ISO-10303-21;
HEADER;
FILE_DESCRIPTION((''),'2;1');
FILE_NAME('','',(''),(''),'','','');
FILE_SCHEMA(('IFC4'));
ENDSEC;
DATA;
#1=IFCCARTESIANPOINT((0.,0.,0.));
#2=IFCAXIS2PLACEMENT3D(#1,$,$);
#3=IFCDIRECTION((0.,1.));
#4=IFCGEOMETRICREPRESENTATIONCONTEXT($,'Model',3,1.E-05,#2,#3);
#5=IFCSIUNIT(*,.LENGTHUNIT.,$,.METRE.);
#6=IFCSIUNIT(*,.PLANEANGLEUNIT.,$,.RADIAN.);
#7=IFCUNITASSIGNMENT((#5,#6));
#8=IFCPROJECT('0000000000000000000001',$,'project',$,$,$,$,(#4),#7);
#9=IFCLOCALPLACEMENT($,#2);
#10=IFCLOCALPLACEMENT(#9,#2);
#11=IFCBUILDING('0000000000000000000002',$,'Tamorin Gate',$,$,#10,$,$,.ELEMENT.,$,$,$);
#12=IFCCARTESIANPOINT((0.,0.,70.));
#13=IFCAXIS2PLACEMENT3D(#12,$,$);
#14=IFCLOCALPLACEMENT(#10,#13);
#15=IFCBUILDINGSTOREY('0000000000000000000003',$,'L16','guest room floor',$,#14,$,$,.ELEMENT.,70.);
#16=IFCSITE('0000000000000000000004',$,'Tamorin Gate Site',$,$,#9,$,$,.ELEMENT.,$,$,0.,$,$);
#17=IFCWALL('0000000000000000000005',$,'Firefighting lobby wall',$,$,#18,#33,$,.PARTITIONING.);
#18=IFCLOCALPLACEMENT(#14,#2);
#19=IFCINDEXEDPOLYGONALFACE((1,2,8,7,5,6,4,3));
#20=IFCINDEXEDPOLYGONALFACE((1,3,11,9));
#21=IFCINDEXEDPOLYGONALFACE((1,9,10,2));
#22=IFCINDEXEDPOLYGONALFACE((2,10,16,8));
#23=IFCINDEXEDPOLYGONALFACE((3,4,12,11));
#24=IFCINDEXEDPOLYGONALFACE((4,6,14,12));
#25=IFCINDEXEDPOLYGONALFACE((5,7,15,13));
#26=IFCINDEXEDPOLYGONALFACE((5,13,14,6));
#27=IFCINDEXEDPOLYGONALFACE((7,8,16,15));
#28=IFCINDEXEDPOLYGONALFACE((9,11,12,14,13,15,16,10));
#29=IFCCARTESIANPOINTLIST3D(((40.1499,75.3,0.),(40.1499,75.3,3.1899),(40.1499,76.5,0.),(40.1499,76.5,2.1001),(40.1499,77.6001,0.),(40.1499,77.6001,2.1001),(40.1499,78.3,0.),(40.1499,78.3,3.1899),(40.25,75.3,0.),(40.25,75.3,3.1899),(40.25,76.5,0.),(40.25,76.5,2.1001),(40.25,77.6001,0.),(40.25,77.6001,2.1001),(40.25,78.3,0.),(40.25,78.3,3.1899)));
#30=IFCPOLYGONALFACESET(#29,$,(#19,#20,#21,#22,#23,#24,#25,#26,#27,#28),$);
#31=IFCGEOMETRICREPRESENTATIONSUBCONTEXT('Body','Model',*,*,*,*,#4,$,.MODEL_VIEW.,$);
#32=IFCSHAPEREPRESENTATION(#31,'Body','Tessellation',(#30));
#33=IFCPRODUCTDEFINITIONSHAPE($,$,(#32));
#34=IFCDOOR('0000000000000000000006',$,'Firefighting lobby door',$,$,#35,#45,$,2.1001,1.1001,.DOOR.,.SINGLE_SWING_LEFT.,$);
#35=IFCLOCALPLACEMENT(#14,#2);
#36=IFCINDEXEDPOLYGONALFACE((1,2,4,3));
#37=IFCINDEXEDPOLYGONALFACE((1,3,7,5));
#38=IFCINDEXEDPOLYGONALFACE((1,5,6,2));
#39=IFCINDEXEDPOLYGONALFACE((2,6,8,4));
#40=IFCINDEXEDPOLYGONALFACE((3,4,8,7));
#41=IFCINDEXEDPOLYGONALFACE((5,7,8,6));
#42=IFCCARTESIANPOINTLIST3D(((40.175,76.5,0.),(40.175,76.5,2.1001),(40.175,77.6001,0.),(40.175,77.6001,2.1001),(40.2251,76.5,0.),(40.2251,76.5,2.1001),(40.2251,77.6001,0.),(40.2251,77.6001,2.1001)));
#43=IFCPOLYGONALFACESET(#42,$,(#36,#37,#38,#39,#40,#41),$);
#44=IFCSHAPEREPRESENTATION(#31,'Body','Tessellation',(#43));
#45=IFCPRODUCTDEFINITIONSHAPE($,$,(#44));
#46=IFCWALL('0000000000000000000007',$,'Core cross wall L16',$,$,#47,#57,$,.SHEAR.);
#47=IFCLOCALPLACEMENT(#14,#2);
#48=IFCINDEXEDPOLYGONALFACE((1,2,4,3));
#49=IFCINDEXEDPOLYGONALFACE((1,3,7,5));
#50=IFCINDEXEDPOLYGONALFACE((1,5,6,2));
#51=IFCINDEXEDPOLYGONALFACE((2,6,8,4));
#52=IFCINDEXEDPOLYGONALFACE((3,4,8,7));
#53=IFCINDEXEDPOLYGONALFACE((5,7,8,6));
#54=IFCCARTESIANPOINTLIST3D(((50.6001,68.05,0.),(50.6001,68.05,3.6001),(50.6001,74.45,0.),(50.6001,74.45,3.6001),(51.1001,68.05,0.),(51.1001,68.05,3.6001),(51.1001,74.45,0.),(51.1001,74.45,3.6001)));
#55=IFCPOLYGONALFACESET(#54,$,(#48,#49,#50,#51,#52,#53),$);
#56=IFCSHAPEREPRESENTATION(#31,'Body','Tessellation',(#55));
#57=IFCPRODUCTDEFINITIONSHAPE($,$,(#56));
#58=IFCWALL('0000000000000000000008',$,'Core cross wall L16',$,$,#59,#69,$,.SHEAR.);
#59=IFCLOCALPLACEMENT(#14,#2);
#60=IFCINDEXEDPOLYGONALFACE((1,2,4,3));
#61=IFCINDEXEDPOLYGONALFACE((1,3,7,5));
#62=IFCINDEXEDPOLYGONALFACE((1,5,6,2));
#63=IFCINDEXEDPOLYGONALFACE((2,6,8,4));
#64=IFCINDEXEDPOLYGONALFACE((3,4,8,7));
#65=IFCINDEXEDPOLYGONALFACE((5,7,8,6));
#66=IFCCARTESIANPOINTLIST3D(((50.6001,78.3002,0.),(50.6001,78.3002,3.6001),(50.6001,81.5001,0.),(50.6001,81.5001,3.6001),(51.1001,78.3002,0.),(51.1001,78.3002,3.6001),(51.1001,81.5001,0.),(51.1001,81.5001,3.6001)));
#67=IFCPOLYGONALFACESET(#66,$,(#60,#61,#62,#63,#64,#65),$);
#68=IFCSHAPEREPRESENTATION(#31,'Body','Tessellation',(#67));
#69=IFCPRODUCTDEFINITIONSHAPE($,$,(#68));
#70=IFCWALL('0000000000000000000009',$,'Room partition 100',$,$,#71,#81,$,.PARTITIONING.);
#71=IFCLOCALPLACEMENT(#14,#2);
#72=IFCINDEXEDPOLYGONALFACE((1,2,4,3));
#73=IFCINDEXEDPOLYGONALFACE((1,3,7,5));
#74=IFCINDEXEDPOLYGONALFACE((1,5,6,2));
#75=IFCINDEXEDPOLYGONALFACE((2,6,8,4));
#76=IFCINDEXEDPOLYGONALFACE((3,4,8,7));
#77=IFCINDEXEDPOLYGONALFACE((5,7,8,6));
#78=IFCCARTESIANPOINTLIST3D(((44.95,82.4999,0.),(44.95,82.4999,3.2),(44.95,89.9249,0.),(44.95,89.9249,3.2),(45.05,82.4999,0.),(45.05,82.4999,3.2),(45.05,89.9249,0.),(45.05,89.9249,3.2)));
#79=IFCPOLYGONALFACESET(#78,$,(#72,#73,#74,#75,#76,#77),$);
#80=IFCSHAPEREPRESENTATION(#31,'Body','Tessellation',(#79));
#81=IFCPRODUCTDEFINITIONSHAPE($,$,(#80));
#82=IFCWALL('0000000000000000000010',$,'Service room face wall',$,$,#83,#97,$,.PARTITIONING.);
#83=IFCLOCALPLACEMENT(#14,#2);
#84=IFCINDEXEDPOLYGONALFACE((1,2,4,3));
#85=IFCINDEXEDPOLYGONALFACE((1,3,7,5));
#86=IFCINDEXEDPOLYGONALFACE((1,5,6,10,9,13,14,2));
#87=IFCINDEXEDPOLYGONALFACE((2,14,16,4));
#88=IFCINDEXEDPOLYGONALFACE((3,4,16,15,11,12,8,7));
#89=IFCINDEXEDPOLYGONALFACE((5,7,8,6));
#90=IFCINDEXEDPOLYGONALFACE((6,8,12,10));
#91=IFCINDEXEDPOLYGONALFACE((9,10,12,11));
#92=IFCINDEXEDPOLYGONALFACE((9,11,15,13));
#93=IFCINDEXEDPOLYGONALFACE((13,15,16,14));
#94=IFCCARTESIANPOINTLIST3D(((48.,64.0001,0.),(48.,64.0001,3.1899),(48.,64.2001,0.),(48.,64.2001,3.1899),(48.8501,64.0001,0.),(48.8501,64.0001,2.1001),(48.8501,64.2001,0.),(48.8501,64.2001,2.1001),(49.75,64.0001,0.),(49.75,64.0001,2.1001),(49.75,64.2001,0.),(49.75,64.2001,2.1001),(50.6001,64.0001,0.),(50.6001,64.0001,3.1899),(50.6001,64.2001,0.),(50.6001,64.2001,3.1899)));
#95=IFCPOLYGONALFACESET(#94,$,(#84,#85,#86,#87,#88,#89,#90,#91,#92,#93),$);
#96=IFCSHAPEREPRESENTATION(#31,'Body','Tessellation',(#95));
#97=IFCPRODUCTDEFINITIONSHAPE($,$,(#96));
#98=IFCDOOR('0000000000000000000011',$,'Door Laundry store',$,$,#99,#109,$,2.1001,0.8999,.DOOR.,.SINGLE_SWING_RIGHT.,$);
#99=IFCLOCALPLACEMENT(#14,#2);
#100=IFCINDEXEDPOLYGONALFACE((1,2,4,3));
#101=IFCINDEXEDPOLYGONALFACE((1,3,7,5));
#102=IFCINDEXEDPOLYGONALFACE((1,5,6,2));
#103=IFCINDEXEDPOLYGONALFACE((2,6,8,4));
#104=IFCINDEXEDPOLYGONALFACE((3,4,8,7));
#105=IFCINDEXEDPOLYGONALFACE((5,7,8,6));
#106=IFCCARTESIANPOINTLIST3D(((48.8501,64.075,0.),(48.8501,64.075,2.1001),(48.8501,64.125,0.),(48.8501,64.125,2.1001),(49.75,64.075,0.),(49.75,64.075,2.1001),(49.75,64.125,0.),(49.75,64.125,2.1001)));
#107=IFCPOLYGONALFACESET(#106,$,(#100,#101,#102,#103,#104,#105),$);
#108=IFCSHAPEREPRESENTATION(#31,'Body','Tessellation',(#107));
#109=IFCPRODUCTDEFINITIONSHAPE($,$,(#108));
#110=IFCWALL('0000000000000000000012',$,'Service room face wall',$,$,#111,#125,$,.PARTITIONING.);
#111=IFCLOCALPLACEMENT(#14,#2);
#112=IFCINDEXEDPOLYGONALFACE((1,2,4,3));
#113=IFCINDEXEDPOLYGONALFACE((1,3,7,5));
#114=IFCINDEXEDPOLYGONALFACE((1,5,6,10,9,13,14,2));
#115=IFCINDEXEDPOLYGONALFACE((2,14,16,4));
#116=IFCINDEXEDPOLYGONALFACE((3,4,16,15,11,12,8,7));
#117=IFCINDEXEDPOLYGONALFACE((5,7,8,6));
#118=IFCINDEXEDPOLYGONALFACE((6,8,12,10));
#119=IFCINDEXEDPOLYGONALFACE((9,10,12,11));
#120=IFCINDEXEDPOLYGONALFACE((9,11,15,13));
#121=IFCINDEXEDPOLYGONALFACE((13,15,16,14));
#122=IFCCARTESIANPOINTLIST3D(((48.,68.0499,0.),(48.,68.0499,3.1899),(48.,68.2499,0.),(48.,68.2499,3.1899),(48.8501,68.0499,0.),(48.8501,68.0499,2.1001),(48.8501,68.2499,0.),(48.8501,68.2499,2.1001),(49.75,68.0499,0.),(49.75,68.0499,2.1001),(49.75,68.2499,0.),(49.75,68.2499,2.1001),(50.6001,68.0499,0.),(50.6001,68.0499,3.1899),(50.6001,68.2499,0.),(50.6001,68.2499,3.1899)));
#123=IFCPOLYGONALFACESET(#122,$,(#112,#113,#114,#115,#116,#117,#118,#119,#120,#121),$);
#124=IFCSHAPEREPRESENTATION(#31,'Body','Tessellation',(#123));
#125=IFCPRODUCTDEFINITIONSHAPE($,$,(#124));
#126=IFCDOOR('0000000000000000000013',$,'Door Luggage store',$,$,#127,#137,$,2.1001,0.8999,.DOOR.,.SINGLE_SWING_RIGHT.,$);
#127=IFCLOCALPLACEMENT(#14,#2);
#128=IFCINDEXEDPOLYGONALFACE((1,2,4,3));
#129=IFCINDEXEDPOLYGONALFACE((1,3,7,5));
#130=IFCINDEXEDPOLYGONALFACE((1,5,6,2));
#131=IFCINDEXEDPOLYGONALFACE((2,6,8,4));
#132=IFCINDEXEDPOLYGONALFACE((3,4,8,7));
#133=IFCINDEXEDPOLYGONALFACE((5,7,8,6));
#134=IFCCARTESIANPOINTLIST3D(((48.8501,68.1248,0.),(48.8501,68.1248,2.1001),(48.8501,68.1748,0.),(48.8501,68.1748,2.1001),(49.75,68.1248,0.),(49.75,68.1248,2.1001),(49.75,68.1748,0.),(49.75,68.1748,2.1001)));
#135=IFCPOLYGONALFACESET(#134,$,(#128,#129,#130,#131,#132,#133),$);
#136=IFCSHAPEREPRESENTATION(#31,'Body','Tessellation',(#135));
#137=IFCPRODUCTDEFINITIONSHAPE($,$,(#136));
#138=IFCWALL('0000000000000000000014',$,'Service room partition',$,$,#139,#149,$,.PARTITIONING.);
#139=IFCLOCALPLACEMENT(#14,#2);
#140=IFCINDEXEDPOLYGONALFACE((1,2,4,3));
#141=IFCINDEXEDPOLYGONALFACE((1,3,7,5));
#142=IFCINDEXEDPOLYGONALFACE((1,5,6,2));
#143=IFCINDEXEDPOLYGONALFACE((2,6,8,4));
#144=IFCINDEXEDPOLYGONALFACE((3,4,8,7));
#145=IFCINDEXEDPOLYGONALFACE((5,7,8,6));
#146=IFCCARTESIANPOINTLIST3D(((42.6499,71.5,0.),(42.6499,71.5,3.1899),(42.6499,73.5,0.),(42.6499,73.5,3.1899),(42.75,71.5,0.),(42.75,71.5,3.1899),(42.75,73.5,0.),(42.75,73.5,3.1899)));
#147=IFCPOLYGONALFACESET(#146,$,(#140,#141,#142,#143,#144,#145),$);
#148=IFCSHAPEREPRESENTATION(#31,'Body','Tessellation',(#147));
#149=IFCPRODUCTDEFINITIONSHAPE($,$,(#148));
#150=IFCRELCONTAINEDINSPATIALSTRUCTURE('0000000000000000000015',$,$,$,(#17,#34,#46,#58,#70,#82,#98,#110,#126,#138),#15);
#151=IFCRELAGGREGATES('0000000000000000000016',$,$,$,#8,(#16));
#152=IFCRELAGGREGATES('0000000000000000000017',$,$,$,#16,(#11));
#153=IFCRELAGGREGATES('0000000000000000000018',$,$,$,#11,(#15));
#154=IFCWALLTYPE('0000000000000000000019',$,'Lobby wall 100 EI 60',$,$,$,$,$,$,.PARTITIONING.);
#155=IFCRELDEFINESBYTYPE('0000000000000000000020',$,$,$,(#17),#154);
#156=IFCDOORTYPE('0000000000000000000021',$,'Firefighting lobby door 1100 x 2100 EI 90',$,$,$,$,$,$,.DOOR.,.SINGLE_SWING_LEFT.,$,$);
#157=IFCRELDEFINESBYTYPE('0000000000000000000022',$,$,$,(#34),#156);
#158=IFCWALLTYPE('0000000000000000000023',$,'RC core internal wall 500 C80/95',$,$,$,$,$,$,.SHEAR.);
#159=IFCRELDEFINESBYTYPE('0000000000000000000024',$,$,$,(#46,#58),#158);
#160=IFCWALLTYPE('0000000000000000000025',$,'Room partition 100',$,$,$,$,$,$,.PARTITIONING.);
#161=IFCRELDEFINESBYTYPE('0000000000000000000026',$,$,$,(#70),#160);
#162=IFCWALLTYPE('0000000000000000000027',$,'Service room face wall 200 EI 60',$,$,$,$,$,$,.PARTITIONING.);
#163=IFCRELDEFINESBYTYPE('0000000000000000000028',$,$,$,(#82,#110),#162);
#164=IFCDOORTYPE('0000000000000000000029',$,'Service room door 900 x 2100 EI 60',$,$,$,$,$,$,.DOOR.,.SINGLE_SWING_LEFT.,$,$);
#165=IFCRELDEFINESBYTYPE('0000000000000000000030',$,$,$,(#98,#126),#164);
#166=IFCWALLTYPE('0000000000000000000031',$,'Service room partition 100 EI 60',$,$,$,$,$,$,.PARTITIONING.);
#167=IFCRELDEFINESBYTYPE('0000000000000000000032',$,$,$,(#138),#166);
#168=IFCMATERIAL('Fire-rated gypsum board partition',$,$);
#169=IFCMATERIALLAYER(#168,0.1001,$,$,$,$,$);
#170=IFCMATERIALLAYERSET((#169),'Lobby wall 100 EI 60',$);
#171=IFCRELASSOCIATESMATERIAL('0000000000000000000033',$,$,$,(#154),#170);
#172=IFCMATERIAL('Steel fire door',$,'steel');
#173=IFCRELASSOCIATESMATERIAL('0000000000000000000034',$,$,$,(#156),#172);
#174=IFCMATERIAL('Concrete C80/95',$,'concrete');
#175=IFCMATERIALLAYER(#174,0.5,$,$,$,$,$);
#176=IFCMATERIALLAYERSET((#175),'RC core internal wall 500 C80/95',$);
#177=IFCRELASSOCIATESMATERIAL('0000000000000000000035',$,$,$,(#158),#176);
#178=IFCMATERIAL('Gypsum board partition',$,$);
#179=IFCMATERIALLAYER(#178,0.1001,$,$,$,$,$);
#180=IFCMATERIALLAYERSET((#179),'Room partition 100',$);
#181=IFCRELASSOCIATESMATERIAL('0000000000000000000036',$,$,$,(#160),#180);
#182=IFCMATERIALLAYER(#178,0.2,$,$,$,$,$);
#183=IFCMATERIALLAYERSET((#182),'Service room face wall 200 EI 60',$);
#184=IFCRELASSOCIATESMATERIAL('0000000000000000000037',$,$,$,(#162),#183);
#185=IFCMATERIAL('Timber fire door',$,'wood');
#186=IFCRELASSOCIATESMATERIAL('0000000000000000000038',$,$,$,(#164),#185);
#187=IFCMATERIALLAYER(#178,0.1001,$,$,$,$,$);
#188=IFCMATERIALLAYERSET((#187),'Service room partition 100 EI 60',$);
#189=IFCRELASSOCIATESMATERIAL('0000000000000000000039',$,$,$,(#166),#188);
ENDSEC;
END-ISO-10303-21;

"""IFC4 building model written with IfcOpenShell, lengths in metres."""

from ifc_helpers import new_model, si_unit, direction, frame, frame_2d, origin, place, context, subcontext, project, spatial, rectangle, extrude, material, layer, layer_set, type_object, element, fill, save


model = new_model("IFC4")

# Units and contexts
model_context = context("Model", 3, precision=1e-05, world=origin(), true_north=direction((0.0, 1.0)))
body_context = subcontext(model_context, "Body", "Model", "MODEL_VIEW")
ifc_project = project(units=[si_unit("LENGTHUNIT", "METRE"), si_unit("PLANEANGLEUNIT", "RADIAN")], contexts=[model_context])

# Site, building, storey
site_placement = place(None, origin())
site = spatial("IfcSite", under=ifc_project, at=site_placement, Name="Tamorin Gate Site", CompositionType="ELEMENT", RefElevation=0.0)
building_placement = place(site_placement, origin())
building = spatial("IfcBuilding", under=site, at=building_placement, Name="Tamorin Gate", CompositionType="ELEMENT")
storey_placement = place(building_placement, frame((0.0, 0.0, 70.0)))
storey = spatial("IfcBuildingStorey", under=building, at=storey_placement, Name="L16", Description="guest room floor", CompositionType="ELEMENT", Elevation=70.0)

# Shared definitions
ifc_material_1 = material(Name="Concrete C80/95", Category="concrete")

# Shared definitions
ifc_material_2 = material(Name="Fire-rated gypsum board partition")
ifc_layer_1 = layer(ifc_material_2, 0.1001)
ifc_layer_set_1 = layer_set([ifc_layer_1], Name="Lobby wall 100 EI 60")
wall_type_1 = type_object("IfcWallType", Name="Lobby wall 100 EI 60", PredefinedType="PARTITIONING", material=ifc_layer_set_1)

# Wall, opening, door
wall_1_placement = place(storey_placement, frame((40.2, 75.3, 0.0), z_axis=(0.0, 0.0, 1.0), x_axis=(0.0, 1.0, 0.0)))
wall_1 = element("IfcWall", 1, at=wall_1_placement, inside=storey, type_object=wall_type_1, Name="Firefighting lobby wall", PredefinedType="PARTITIONING", context=body_context, shape_type="SweptSolid", body=[
    extrude(rectangle(XDim=3.0, YDim=0.1001, at=frame_2d((1.5, 0.0))), origin(), (0.0, 0.0, 1.0), 3.1899),
])
opening_1_placement = place(wall_1_placement, frame((1.2, 0.0, 0.0)))
opening_1 = element("IfcOpeningElement", 2, at=opening_1_placement, cuts=wall_1, PredefinedType="OPENING", context=body_context, shape_type="SweptSolid", body=[
    extrude(rectangle(XDim=1.1001, YDim=2.1001, at=frame_2d((0.55, 1.05))), frame((0.0, 0.0601, 0.0), z_axis=(0.0, -1.0, 0.0), x_axis=(1.0, 0.0, 0.0)), (0.0, 0.0, 1.0), 0.1201),
])
ifc_material_3 = material(Name="Steel fire door", Category="steel")
door_type_1 = type_object("IfcDoorType", Name="Firefighting lobby door 1100 x 2100 EI 90", OperationType="SINGLE_SWING_LEFT", PredefinedType="DOOR", material=ifc_material_3)
door_1_placement = place(opening_1_placement, origin())
door_1 = element("IfcDoor", 3, at=door_1_placement, inside=storey, type_object=door_type_1, Name="Firefighting lobby door", OperationType="SINGLE_SWING_LEFT", OverallHeight=2.1001, OverallWidth=1.1001, PredefinedType="DOOR", context=body_context, shape_type="SweptSolid", body=[
    extrude(rectangle(XDim=1.1001, YDim=2.1001, at=frame_2d((0.55, 1.05))), frame((0.0, 0.0249, 0.0), z_axis=(0.0, -1.0, 0.0), x_axis=(1.0, 0.0, 0.0)), (0.0, 0.0, 1.0), 0.05),
])
fill(opening_1, door_1)

# Walls
ifc_layer_2 = layer(ifc_material_1, 0.5)
ifc_layer_set_2 = layer_set([ifc_layer_2], Name="RC core internal wall 500 C80/95")
wall_type_2 = type_object("IfcWallType", Name="RC core internal wall 500 C80/95", PredefinedType="SHEAR", material=ifc_layer_set_2)
wall_2_placement = place(storey_placement, frame((50.8501, 68.05, 0.0), z_axis=(0.0, 0.0, 1.0), x_axis=(0.0, 1.0, 0.0)))
element("IfcWall", 4, at=wall_2_placement, inside=storey, type_object=wall_type_2, Name="Core cross wall L16", PredefinedType="SHEAR", context=body_context, shape_type="SweptSolid", body=[
    extrude(rectangle(XDim=6.3999, YDim=0.5, at=frame_2d((3.2, 0.0))), origin(), (0.0, 0.0, 1.0), 3.6001),
])
wall_3_placement = place(storey_placement, frame((50.8501, 78.3, 0.0), z_axis=(0.0, 0.0, 1.0), x_axis=(0.0, 1.0, 0.0)))
element("IfcWall", 5, at=wall_3_placement, inside=storey, type_object=wall_type_2, Name="Core cross wall L16", PredefinedType="SHEAR", context=body_context, shape_type="SweptSolid", body=[
    extrude(rectangle(XDim=3.2, YDim=0.5, at=frame_2d((1.6001, 0.0))), origin(), (0.0, 0.0, 1.0), 3.6001),
])
ifc_material_4 = material(Name="Gypsum board partition")
ifc_layer_3 = layer(ifc_material_4, 0.1001)
ifc_layer_set_3 = layer_set([ifc_layer_3], Name="Room partition 100")
wall_type_3 = type_object("IfcWallType", Name="Room partition 100", PredefinedType="PARTITIONING", material=ifc_layer_set_3)
wall_4_placement = place(storey_placement, frame((45.0, 82.5, 0.0), z_axis=(0.0, 0.0, 1.0), x_axis=(0.0, 1.0, 0.0)))
element("IfcWall", 6, at=wall_4_placement, inside=storey, type_object=wall_type_3, Name="Room partition 100", PredefinedType="PARTITIONING", context=body_context, shape_type="SweptSolid", body=[
    extrude(rectangle(XDim=7.425, YDim=0.1001, at=frame_2d((3.7124, 0.0))), origin(), (0.0, 0.0, 1.0), 3.2),
])

# Walls, openings, doors
ifc_layer_4 = layer(ifc_material_4, 0.2)
ifc_layer_set_4 = layer_set([ifc_layer_4], Name="Service room face wall 200 EI 60")
wall_type_4 = type_object("IfcWallType", Name="Service room face wall 200 EI 60", PredefinedType="PARTITIONING", material=ifc_layer_set_4)
wall_5_placement = place(storey_placement, frame((48.0, 64.1001, 0.0), z_axis=(0.0, 0.0, 1.0), x_axis=(1.0, 0.0, 0.0)))
wall_5 = element("IfcWall", 7, at=wall_5_placement, inside=storey, type_object=wall_type_4, Name="Service room face wall", PredefinedType="PARTITIONING", context=body_context, shape_type="SweptSolid", body=[
    extrude(rectangle(XDim=2.6001, YDim=0.2, at=frame_2d((1.3, 0.0))), origin(), (0.0, 0.0, 1.0), 3.1899),
])
opening_2_placement = place(wall_5_placement, frame((0.8501, 0.0, 0.0)))
opening_2 = element("IfcOpeningElement", 8, at=opening_2_placement, cuts=wall_5, PredefinedType="OPENING", context=body_context, shape_type="SweptSolid", body=[
    extrude(rectangle(XDim=0.8999, YDim=2.1001, at=frame_2d((0.45, 1.05))), frame((0.0, 0.1099, 0.0), z_axis=(0.0, -1.0, 0.0), x_axis=(1.0, 0.0, 0.0)), (0.0, 0.0, 1.0), 0.22),
])
ifc_material_5 = material(Name="Timber fire door", Category="wood")
door_type_2 = type_object("IfcDoorType", Name="Service room door 900 x 2100 EI 60", OperationType="SINGLE_SWING_LEFT", PredefinedType="DOOR", material=ifc_material_5)
door_2_placement = place(opening_2_placement, origin())
door_2 = element("IfcDoor", 9, at=door_2_placement, inside=storey, type_object=door_type_2, Name="Door Laundry store", OperationType="SINGLE_SWING_RIGHT", OverallHeight=2.1001, OverallWidth=0.8999, PredefinedType="DOOR", context=body_context, shape_type="SweptSolid", body=[
    extrude(rectangle(XDim=0.8999, YDim=2.1001, at=frame_2d((0.45, 1.05))), frame((0.0, 0.0249, 0.0), z_axis=(0.0, -1.0, 0.0), x_axis=(1.0, 0.0, 0.0)), (0.0, 0.0, 1.0), 0.05),
])
fill(opening_2, door_2)
wall_6_placement = place(storey_placement, frame((48.0, 68.1499, 0.0), z_axis=(0.0, 0.0, 1.0), x_axis=(1.0, 0.0, 0.0)))
wall_6 = element("IfcWall", 10, at=wall_6_placement, inside=storey, type_object=wall_type_4, Name="Service room face wall", PredefinedType="PARTITIONING", context=body_context, shape_type="SweptSolid", body=[
    extrude(rectangle(XDim=2.6001, YDim=0.2, at=frame_2d((1.3, 0.0))), origin(), (0.0, 0.0, 1.0), 3.1899),
])
opening_3_placement = place(wall_6_placement, frame((0.8501, 0.0, 0.0)))
opening_3 = element("IfcOpeningElement", 11, at=opening_3_placement, cuts=wall_6, PredefinedType="OPENING", context=body_context, shape_type="SweptSolid", body=[
    extrude(rectangle(XDim=0.8999, YDim=2.1001, at=frame_2d((0.45, 1.05))), frame((0.0, 0.1099, 0.0), z_axis=(0.0, -1.0, 0.0), x_axis=(1.0, 0.0, 0.0)), (0.0, 0.0, 1.0), 0.22),
])
door_3_placement = place(opening_3_placement, origin())
door_3 = element("IfcDoor", 12, at=door_3_placement, inside=storey, type_object=door_type_2, Name="Door Luggage store", OperationType="SINGLE_SWING_RIGHT", OverallHeight=2.1001, OverallWidth=0.8999, PredefinedType="DOOR", context=body_context, shape_type="SweptSolid", body=[
    extrude(rectangle(XDim=0.8999, YDim=2.1001, at=frame_2d((0.45, 1.05))), frame((0.0, 0.0249, 0.0), z_axis=(0.0, -1.0, 0.0), x_axis=(1.0, 0.0, 0.0)), (0.0, 0.0, 1.0), 0.05),
])
fill(opening_3, door_3)

# Wall
ifc_layer_5 = layer(ifc_material_4, 0.1001)
ifc_layer_set_5 = layer_set([ifc_layer_5], Name="Service room partition 100 EI 60")
wall_type_5 = type_object("IfcWallType", Name="Service room partition 100 EI 60", PredefinedType="PARTITIONING", material=ifc_layer_set_5)
wall_7_placement = place(storey_placement, frame((42.7, 71.5, 0.0), z_axis=(0.0, 0.0, 1.0), x_axis=(0.0, 1.0, 0.0)))
element("IfcWall", 13, at=wall_7_placement, inside=storey, type_object=wall_type_5, Name="Service room partition", PredefinedType="PARTITIONING", context=body_context, shape_type="SweptSolid", body=[
    extrude(rectangle(XDim=2.0, YDim=0.1001, at=frame_2d((1.0, 0.0))), origin(), (0.0, 0.0, 1.0), 3.1899),
])

save(model, "model.ifc")
